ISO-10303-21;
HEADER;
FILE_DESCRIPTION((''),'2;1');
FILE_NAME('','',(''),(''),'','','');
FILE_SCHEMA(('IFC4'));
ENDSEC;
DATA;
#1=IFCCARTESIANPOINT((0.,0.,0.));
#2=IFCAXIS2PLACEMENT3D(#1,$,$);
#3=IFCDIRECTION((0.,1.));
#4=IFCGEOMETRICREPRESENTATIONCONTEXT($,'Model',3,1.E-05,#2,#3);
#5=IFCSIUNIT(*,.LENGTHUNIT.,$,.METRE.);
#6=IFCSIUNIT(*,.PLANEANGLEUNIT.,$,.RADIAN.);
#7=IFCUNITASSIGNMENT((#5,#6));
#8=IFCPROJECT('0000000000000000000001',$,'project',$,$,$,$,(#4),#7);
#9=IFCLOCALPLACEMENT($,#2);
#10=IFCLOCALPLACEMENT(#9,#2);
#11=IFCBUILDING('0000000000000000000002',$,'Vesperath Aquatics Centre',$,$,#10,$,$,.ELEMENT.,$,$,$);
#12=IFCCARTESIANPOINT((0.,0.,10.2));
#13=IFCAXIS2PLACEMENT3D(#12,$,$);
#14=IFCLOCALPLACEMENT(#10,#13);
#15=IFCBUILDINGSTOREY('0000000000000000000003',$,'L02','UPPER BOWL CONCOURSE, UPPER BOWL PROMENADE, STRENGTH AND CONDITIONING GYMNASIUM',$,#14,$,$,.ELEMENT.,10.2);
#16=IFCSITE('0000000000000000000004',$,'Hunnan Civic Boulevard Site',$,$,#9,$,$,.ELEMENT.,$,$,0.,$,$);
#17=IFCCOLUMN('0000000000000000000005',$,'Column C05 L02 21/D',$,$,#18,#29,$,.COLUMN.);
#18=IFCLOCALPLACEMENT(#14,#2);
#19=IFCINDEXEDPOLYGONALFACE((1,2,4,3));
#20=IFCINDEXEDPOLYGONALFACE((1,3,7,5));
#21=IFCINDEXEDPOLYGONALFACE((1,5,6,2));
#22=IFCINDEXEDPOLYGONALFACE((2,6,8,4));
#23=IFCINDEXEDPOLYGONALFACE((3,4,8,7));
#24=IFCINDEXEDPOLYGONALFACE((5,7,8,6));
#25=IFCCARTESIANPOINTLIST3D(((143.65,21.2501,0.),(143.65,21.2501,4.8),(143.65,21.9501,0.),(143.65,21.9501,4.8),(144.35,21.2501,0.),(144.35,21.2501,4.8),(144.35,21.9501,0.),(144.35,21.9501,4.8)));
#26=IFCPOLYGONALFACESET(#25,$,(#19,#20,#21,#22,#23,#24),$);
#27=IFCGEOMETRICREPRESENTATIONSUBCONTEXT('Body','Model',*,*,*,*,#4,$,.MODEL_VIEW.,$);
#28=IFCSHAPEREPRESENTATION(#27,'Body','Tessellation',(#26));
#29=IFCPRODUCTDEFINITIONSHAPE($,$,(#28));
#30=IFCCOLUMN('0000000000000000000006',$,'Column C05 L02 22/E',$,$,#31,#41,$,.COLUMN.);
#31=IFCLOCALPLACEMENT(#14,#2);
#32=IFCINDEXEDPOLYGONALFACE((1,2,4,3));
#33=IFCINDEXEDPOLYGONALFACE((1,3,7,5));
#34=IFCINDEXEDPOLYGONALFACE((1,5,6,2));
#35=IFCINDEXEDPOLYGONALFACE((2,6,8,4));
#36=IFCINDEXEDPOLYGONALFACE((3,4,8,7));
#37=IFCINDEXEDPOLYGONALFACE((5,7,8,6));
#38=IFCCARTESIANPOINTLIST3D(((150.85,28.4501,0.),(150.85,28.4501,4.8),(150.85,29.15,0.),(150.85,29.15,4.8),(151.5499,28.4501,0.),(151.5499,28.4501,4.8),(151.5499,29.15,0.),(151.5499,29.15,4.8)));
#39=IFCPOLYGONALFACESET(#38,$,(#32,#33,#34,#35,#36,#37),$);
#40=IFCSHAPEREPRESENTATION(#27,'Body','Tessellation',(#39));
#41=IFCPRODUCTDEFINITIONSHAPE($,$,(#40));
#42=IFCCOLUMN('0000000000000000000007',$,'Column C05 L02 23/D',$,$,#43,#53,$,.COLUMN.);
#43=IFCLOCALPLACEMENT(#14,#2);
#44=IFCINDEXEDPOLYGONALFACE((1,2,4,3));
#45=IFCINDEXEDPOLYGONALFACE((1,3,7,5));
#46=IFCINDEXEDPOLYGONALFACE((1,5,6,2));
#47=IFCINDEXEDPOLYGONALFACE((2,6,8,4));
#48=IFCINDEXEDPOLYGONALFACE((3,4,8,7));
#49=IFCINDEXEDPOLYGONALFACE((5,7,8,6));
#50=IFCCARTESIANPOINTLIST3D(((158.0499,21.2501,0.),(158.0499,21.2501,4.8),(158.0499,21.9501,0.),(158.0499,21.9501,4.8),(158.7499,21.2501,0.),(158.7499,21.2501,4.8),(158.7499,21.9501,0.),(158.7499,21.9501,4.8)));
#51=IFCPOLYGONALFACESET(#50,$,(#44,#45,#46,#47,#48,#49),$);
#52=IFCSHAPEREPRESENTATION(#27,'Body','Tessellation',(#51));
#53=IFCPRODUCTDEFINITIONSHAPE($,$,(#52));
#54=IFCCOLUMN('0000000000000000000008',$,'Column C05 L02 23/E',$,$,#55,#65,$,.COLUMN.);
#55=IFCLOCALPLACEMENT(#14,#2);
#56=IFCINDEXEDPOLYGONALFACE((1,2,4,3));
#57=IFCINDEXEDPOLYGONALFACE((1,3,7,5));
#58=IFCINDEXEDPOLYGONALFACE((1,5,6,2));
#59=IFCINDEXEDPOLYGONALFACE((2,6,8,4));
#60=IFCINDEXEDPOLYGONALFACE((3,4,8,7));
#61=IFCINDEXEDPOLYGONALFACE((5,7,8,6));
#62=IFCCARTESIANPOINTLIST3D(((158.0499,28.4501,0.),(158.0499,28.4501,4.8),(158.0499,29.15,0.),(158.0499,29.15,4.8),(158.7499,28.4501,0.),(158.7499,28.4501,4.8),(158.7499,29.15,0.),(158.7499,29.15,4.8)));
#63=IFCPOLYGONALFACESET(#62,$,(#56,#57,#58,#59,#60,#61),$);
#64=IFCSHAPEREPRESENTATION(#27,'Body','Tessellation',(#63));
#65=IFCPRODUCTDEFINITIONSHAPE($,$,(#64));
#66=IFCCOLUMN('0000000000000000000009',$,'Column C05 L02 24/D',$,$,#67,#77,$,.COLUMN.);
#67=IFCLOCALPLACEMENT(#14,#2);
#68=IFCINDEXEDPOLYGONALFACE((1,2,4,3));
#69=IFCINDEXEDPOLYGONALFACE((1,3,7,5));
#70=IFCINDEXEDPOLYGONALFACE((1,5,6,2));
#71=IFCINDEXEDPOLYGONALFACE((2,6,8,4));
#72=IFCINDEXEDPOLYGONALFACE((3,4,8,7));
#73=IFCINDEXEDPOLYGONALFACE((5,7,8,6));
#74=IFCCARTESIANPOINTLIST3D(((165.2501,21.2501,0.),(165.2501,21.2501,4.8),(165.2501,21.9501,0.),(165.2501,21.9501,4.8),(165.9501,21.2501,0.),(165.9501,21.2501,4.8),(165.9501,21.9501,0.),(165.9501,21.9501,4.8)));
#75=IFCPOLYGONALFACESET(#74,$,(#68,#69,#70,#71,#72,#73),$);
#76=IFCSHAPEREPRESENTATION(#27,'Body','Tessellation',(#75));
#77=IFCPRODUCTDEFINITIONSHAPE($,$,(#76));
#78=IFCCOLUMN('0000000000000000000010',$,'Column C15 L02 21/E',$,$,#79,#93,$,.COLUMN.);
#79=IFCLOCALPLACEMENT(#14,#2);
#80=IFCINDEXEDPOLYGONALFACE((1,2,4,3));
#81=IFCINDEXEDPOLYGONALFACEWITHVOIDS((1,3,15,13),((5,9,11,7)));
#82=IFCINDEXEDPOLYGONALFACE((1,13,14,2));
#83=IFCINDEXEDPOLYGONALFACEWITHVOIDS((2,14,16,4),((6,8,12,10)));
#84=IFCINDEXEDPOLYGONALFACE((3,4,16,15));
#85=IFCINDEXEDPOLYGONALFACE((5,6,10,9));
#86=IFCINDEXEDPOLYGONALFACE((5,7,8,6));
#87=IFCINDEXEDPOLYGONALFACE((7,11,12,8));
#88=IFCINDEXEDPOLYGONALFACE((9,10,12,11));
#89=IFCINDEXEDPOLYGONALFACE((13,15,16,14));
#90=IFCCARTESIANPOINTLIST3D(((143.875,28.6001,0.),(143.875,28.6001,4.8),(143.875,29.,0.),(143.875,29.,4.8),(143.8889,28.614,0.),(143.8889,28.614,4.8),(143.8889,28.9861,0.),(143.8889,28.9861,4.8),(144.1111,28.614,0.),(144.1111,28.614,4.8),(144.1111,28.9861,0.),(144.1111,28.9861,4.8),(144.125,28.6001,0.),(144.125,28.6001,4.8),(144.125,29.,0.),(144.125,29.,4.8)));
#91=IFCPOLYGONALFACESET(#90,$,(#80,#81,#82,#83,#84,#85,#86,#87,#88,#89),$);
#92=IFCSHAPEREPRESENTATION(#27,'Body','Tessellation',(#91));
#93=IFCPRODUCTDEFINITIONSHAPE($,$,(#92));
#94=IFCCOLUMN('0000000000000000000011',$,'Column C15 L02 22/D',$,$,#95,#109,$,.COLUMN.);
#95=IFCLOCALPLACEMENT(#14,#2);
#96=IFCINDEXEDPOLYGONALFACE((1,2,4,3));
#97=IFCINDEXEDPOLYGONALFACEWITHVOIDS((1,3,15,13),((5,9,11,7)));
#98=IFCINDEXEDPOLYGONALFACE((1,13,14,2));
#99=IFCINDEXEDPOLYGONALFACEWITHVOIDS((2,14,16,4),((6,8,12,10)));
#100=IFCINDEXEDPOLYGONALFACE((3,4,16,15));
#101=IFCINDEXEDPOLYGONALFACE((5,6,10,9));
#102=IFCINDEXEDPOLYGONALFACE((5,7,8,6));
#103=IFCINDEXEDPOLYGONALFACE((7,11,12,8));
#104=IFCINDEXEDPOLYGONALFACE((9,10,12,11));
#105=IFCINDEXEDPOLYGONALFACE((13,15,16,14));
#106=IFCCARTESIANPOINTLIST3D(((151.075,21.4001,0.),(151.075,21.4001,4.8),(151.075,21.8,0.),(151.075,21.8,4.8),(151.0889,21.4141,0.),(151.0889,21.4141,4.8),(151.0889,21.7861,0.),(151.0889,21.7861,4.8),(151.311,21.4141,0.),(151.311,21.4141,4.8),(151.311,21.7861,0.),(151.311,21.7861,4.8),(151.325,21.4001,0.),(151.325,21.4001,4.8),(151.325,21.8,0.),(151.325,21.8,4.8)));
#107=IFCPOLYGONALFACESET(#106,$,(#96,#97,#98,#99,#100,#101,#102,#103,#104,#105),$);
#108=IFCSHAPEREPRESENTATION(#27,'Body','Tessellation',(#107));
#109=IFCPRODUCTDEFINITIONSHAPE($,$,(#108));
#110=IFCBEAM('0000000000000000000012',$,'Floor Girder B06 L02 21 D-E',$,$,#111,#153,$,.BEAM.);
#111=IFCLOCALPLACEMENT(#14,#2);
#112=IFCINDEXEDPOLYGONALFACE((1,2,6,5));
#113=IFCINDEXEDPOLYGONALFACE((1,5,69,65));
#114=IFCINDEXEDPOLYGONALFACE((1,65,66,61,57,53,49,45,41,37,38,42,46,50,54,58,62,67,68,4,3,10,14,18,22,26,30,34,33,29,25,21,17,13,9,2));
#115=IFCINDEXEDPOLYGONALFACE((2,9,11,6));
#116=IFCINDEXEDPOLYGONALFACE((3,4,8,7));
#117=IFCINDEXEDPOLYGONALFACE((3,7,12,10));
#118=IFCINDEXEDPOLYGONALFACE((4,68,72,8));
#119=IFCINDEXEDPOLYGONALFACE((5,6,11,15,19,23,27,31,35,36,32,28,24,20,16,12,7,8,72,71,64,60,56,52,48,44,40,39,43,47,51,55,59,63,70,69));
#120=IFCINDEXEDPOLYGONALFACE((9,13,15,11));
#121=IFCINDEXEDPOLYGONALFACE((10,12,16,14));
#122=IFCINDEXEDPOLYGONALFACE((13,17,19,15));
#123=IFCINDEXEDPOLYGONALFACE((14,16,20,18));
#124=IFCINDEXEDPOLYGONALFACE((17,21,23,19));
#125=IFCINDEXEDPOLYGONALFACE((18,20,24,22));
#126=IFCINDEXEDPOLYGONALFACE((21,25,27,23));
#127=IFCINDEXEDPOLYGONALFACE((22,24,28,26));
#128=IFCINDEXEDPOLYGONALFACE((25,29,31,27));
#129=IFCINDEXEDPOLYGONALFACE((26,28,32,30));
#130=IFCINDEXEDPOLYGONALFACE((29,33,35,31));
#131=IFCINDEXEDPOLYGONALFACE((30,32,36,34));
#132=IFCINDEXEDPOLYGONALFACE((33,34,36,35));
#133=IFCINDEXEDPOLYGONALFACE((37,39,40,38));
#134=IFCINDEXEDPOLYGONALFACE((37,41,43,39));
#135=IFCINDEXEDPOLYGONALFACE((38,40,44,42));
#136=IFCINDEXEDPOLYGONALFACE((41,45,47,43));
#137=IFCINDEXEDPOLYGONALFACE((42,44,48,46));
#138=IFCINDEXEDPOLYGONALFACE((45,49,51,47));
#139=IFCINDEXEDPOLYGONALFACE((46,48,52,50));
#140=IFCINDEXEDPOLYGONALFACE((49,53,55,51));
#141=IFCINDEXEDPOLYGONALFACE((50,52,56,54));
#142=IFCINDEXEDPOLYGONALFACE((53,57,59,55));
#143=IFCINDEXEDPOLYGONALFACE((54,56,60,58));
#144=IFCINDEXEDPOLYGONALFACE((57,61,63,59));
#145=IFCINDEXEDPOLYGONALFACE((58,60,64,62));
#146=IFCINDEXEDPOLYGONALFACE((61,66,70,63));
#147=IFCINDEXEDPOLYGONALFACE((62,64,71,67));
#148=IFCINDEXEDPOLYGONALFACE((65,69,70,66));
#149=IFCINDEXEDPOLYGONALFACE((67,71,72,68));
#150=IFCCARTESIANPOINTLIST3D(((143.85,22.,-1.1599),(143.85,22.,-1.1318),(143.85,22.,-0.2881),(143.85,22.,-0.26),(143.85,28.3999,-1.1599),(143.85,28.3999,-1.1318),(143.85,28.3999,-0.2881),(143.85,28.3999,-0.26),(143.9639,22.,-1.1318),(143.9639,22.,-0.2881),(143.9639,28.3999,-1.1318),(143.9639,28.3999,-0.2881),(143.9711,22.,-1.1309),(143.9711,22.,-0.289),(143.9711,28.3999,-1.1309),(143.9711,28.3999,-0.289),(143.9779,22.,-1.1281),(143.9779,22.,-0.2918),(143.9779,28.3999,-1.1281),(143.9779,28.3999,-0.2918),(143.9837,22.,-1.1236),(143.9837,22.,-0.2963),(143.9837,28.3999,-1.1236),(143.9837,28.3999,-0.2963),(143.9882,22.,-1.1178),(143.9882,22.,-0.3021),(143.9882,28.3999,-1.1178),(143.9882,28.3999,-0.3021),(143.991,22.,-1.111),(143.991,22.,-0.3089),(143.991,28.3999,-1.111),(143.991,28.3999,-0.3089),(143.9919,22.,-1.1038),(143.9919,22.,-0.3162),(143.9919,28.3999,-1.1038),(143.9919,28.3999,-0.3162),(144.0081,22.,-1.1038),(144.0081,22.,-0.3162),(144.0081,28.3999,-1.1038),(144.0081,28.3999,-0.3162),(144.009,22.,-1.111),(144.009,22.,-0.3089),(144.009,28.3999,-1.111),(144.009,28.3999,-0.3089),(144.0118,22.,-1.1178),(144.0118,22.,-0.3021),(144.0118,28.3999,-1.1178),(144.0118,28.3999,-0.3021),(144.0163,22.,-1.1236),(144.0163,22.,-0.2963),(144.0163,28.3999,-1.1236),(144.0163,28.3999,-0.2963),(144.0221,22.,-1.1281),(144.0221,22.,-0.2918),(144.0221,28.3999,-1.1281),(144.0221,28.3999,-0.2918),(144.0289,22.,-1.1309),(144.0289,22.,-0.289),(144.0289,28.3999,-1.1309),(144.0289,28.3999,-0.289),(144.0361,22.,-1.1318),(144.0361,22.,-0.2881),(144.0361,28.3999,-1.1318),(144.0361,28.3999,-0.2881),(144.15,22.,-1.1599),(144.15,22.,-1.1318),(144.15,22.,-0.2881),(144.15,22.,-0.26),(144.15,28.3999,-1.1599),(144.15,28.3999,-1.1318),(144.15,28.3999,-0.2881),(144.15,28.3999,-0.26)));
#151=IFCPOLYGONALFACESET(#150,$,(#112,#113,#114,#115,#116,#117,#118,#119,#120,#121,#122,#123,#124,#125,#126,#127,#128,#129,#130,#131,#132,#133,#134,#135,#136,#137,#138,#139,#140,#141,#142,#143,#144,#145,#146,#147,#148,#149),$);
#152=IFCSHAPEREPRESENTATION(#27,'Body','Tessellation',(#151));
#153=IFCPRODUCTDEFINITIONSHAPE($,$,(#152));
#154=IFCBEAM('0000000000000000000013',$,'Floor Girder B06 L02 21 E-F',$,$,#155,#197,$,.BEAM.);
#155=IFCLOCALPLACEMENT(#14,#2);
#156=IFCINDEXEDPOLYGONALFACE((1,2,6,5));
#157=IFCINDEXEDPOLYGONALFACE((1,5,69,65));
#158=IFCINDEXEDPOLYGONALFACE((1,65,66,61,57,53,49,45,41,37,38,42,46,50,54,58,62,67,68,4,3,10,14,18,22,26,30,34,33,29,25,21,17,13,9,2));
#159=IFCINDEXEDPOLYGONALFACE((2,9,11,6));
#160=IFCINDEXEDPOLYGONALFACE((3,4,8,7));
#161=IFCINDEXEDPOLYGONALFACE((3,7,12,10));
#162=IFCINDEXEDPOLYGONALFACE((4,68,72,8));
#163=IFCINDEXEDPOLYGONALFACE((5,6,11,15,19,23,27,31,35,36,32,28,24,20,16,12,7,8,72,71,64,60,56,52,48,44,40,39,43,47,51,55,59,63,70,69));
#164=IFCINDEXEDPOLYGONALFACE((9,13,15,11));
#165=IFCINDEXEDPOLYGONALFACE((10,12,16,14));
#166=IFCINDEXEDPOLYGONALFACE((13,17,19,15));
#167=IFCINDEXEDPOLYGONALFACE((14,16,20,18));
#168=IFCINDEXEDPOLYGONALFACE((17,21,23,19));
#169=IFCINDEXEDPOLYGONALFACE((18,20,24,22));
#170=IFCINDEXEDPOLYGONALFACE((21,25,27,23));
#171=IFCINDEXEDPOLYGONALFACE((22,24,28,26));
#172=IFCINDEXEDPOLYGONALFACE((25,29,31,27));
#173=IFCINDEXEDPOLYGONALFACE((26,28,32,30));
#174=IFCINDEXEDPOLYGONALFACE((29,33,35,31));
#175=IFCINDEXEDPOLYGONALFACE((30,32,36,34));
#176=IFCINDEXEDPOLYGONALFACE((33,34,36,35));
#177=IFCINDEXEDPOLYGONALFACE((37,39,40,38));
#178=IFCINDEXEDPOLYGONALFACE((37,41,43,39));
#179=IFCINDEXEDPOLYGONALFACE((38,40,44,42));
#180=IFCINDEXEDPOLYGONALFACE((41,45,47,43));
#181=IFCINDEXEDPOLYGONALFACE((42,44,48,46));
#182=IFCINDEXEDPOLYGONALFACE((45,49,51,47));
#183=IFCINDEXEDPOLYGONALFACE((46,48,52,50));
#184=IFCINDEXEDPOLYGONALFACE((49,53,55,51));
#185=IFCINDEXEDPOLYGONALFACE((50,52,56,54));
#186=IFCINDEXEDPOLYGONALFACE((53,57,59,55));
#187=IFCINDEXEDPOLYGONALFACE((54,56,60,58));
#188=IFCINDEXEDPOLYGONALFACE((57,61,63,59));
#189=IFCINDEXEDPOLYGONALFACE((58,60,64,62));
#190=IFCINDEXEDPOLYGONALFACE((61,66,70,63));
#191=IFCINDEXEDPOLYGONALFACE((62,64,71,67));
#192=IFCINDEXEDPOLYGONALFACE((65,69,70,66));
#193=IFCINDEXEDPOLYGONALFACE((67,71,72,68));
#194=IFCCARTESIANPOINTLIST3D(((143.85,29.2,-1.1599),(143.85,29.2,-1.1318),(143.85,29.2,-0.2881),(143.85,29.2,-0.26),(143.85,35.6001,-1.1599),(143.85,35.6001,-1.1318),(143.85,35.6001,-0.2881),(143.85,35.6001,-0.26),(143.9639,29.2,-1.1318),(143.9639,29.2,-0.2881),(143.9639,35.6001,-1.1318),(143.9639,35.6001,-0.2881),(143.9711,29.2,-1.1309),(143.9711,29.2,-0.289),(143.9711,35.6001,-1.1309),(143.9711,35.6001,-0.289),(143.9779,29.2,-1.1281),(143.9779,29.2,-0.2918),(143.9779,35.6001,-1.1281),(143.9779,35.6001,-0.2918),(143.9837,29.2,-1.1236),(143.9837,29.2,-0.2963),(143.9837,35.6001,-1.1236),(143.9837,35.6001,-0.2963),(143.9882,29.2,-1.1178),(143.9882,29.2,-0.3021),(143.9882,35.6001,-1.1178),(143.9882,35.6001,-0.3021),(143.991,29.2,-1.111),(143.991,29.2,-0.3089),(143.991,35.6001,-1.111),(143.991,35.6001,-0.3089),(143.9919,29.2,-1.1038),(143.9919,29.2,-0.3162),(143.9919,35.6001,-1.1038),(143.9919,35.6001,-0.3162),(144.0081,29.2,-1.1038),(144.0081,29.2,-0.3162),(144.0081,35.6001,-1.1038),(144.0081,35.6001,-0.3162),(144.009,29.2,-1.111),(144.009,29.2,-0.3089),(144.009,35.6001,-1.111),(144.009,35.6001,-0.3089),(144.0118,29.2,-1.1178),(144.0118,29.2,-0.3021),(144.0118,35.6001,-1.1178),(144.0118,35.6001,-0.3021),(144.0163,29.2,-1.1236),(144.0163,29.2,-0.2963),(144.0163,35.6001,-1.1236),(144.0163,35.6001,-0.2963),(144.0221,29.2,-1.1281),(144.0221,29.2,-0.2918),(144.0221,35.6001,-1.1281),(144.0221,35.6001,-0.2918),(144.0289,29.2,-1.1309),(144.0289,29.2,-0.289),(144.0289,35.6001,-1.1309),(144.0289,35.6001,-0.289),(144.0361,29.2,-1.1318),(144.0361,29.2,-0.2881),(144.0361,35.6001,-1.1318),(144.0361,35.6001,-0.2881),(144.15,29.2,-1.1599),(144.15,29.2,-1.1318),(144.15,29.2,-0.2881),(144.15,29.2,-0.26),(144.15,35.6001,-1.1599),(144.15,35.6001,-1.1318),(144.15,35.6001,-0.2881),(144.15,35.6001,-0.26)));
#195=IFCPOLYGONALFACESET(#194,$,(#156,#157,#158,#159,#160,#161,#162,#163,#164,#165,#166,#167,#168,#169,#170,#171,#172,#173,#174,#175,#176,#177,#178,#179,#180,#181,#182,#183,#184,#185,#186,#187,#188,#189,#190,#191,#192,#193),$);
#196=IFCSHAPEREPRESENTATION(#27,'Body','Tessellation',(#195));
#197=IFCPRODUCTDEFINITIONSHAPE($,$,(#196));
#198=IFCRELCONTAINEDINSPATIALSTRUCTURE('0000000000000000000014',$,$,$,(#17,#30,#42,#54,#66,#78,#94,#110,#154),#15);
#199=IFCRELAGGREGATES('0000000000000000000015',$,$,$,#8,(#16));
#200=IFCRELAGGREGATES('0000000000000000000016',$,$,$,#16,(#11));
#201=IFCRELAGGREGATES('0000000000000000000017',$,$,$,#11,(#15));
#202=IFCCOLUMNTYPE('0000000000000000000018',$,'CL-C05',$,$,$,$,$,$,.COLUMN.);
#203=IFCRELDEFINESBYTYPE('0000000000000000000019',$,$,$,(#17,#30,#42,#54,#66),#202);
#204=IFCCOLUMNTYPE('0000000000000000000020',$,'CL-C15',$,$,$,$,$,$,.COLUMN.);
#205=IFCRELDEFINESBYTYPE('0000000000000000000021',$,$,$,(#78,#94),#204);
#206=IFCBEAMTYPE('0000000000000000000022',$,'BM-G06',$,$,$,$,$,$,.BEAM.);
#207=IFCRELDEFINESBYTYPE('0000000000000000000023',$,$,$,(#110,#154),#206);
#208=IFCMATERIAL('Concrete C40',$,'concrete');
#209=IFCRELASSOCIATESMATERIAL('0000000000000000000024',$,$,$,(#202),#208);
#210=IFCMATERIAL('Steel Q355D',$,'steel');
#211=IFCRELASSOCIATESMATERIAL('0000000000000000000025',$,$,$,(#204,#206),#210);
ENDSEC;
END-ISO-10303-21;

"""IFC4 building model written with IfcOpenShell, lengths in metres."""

from ifc_helpers import new_model, si_unit, direction, frame, origin, origin_2d, place, context, subcontext, project, spatial, rectangle, hollow_rectangle, i_section, extrude, material, material_profile, profile_set, type_object, element, save


model = new_model("IFC4")

# Units and contexts
model_context = context("Model", 3, precision=1e-05, world=origin(), true_north=direction((0.0, 1.0)))
body_context = subcontext(model_context, "Body", "Model", "MODEL_VIEW")
ifc_project = project(units=[si_unit("LENGTHUNIT", "METRE"), si_unit("PLANEANGLEUNIT", "RADIAN")], contexts=[model_context])

# Site, building, storey
site_placement = place(None, origin())
site = spatial("IfcSite", under=ifc_project, at=site_placement, Name="Hunnan Civic Boulevard Site", CompositionType="ELEMENT", RefElevation=0.0)
building_placement = place(site_placement, origin())
building = spatial("IfcBuilding", under=site, at=building_placement, Name="Vesperath Aquatics Centre", CompositionType="ELEMENT")
storey_placement = place(building_placement, frame((0.0, 0.0, 10.2)))
storey = spatial("IfcBuildingStorey", under=building, at=storey_placement, Name="L02", Description="UPPER BOWL CONCOURSE, UPPER BOWL PROMENADE, STRENGTH AND CONDITIONING GYMNASIUM", CompositionType="ELEMENT", Elevation=10.2)

# Columns
ifc_material_1 = material(Name="Concrete C40", Category="concrete")
ifc_material_profile_1 = material_profile(ifc_material_1, rectangle(XDim=0.7, YDim=0.7, at=origin_2d()), Name="RC 700x700")
ifc_profile_set_1 = profile_set([ifc_material_profile_1], Name="Concrete C40")
column_type_1 = type_object("IfcColumnType", Name="CL-C05", PredefinedType="COLUMN", material=ifc_profile_set_1)
for number, where, z_axis, x_axis, name in (
    (1, (144.0, 21.6001, 0.0), (0.0, 0.0, 1.0), (1.0, 0.0, 0.0), "Column C05 L02 21/D"),
    (2, (151.2, 28.8, 0.0), (0.0, 0.0, 1.0), (1.0, 0.0, 0.0), "Column C05 L02 22/E"),
    (3, (158.3999, 21.6001, 0.0), (0.0, 0.0, 1.0), (1.0, 0.0, 0.0), "Column C05 L02 23/D"),
    (4, (158.3999, 28.8, 0.0), (0.0, 0.0, 1.0), (1.0, 0.0, 0.0), "Column C05 L02 23/E"),
    (5, (165.6001, 21.6001, 0.0), (0.0, 0.0, 1.0), (1.0, 0.0, 0.0), "Column C05 L02 24/D"),
):
    element("IfcColumn", number, at=place(storey_placement, frame(where, z_axis=z_axis, x_axis=x_axis)), inside=storey, type_object=column_type_1, Name=name, PredefinedType="COLUMN", context=body_context, shape_type="SweptSolid", body=[
        extrude(rectangle(XDim=0.7, YDim=0.7, at=origin_2d()), origin(), (0.0, 0.0, 1.0), 4.8),
    ])
ifc_material_2 = material(Name="Steel Q355D", Category="steel")
ifc_material_profile_2 = material_profile(ifc_material_2, hollow_rectangle(XDim=0.25, YDim=0.3999, WallThickness=0.0139, at=origin_2d()), Name="RHS 400x250x14")
ifc_profile_set_2 = profile_set([ifc_material_profile_2], Name="Steel Q355D")
column_type_2 = type_object("IfcColumnType", Name="CL-C15", PredefinedType="COLUMN", material=ifc_profile_set_2)
for number, where, z_axis, x_axis, name in (
    (6, (144.0, 28.8, 0.0), (0.0, 0.0, 1.0), (1.0, 0.0, 0.0), "Column C15 L02 21/E"),
    (7, (151.2, 21.6001, 0.0), (0.0, 0.0, 1.0), (1.0, 0.0, 0.0), "Column C15 L02 22/D"),
):
    element("IfcColumn", number, at=place(storey_placement, frame(where, z_axis=z_axis, x_axis=x_axis)), inside=storey, type_object=column_type_2, Name=name, PredefinedType="COLUMN", context=body_context, shape_type="SweptSolid", body=[
        extrude(hollow_rectangle(XDim=0.25, YDim=0.3999, WallThickness=0.0139, at=origin_2d()), origin(), (0.0, 0.0, 1.0), 4.8),
    ])

# Beams
ifc_material_profile_3 = material_profile(ifc_material_2, i_section(OverallWidth=0.3, OverallDepth=0.8999, WebThickness=0.0161, FlangeThickness=0.0281, FilletRadius=0.0281, at=origin_2d()), Name="HN 900x300x16x28")
ifc_profile_set_3 = profile_set([ifc_material_profile_3], Name="Steel Q355D")
beam_type_1 = type_object("IfcBeamType", Name="BM-G06", PredefinedType="BEAM", material=ifc_profile_set_3)
beam_1_placement = place(storey_placement, frame((144.0, 22.0, -0.71), z_axis=(0.0, 1.0, 0.0), x_axis=(-1.0, 0.0, 0.0)))
element("IfcBeam", 8, at=beam_1_placement, inside=storey, type_object=beam_type_1, Name="Floor Girder B06 L02 21 D-E", PredefinedType="BEAM", context=body_context, shape_type="SweptSolid", body=[
    extrude(i_section(OverallWidth=0.3, OverallDepth=0.8999, WebThickness=0.0161, FlangeThickness=0.0281, FilletRadius=0.0281, at=origin_2d()), origin(), (0.0, 0.0, 1.0), 6.3999),
])
beam_2_placement = place(storey_placement, frame((144.0, 29.2, -0.71), z_axis=(0.0, 1.0, 0.0), x_axis=(-1.0, 0.0, 0.0)))
element("IfcBeam", 9, at=beam_2_placement, inside=storey, type_object=beam_type_1, Name="Floor Girder B06 L02 21 E-F", PredefinedType="BEAM", context=body_context, shape_type="SweptSolid", body=[
    extrude(i_section(OverallWidth=0.3, OverallDepth=0.8999, WebThickness=0.0161, FlangeThickness=0.0281, FilletRadius=0.0281, at=origin_2d()), origin(), (0.0, 0.0, 1.0), 6.4001),
])

save(model, "model.ifc")
